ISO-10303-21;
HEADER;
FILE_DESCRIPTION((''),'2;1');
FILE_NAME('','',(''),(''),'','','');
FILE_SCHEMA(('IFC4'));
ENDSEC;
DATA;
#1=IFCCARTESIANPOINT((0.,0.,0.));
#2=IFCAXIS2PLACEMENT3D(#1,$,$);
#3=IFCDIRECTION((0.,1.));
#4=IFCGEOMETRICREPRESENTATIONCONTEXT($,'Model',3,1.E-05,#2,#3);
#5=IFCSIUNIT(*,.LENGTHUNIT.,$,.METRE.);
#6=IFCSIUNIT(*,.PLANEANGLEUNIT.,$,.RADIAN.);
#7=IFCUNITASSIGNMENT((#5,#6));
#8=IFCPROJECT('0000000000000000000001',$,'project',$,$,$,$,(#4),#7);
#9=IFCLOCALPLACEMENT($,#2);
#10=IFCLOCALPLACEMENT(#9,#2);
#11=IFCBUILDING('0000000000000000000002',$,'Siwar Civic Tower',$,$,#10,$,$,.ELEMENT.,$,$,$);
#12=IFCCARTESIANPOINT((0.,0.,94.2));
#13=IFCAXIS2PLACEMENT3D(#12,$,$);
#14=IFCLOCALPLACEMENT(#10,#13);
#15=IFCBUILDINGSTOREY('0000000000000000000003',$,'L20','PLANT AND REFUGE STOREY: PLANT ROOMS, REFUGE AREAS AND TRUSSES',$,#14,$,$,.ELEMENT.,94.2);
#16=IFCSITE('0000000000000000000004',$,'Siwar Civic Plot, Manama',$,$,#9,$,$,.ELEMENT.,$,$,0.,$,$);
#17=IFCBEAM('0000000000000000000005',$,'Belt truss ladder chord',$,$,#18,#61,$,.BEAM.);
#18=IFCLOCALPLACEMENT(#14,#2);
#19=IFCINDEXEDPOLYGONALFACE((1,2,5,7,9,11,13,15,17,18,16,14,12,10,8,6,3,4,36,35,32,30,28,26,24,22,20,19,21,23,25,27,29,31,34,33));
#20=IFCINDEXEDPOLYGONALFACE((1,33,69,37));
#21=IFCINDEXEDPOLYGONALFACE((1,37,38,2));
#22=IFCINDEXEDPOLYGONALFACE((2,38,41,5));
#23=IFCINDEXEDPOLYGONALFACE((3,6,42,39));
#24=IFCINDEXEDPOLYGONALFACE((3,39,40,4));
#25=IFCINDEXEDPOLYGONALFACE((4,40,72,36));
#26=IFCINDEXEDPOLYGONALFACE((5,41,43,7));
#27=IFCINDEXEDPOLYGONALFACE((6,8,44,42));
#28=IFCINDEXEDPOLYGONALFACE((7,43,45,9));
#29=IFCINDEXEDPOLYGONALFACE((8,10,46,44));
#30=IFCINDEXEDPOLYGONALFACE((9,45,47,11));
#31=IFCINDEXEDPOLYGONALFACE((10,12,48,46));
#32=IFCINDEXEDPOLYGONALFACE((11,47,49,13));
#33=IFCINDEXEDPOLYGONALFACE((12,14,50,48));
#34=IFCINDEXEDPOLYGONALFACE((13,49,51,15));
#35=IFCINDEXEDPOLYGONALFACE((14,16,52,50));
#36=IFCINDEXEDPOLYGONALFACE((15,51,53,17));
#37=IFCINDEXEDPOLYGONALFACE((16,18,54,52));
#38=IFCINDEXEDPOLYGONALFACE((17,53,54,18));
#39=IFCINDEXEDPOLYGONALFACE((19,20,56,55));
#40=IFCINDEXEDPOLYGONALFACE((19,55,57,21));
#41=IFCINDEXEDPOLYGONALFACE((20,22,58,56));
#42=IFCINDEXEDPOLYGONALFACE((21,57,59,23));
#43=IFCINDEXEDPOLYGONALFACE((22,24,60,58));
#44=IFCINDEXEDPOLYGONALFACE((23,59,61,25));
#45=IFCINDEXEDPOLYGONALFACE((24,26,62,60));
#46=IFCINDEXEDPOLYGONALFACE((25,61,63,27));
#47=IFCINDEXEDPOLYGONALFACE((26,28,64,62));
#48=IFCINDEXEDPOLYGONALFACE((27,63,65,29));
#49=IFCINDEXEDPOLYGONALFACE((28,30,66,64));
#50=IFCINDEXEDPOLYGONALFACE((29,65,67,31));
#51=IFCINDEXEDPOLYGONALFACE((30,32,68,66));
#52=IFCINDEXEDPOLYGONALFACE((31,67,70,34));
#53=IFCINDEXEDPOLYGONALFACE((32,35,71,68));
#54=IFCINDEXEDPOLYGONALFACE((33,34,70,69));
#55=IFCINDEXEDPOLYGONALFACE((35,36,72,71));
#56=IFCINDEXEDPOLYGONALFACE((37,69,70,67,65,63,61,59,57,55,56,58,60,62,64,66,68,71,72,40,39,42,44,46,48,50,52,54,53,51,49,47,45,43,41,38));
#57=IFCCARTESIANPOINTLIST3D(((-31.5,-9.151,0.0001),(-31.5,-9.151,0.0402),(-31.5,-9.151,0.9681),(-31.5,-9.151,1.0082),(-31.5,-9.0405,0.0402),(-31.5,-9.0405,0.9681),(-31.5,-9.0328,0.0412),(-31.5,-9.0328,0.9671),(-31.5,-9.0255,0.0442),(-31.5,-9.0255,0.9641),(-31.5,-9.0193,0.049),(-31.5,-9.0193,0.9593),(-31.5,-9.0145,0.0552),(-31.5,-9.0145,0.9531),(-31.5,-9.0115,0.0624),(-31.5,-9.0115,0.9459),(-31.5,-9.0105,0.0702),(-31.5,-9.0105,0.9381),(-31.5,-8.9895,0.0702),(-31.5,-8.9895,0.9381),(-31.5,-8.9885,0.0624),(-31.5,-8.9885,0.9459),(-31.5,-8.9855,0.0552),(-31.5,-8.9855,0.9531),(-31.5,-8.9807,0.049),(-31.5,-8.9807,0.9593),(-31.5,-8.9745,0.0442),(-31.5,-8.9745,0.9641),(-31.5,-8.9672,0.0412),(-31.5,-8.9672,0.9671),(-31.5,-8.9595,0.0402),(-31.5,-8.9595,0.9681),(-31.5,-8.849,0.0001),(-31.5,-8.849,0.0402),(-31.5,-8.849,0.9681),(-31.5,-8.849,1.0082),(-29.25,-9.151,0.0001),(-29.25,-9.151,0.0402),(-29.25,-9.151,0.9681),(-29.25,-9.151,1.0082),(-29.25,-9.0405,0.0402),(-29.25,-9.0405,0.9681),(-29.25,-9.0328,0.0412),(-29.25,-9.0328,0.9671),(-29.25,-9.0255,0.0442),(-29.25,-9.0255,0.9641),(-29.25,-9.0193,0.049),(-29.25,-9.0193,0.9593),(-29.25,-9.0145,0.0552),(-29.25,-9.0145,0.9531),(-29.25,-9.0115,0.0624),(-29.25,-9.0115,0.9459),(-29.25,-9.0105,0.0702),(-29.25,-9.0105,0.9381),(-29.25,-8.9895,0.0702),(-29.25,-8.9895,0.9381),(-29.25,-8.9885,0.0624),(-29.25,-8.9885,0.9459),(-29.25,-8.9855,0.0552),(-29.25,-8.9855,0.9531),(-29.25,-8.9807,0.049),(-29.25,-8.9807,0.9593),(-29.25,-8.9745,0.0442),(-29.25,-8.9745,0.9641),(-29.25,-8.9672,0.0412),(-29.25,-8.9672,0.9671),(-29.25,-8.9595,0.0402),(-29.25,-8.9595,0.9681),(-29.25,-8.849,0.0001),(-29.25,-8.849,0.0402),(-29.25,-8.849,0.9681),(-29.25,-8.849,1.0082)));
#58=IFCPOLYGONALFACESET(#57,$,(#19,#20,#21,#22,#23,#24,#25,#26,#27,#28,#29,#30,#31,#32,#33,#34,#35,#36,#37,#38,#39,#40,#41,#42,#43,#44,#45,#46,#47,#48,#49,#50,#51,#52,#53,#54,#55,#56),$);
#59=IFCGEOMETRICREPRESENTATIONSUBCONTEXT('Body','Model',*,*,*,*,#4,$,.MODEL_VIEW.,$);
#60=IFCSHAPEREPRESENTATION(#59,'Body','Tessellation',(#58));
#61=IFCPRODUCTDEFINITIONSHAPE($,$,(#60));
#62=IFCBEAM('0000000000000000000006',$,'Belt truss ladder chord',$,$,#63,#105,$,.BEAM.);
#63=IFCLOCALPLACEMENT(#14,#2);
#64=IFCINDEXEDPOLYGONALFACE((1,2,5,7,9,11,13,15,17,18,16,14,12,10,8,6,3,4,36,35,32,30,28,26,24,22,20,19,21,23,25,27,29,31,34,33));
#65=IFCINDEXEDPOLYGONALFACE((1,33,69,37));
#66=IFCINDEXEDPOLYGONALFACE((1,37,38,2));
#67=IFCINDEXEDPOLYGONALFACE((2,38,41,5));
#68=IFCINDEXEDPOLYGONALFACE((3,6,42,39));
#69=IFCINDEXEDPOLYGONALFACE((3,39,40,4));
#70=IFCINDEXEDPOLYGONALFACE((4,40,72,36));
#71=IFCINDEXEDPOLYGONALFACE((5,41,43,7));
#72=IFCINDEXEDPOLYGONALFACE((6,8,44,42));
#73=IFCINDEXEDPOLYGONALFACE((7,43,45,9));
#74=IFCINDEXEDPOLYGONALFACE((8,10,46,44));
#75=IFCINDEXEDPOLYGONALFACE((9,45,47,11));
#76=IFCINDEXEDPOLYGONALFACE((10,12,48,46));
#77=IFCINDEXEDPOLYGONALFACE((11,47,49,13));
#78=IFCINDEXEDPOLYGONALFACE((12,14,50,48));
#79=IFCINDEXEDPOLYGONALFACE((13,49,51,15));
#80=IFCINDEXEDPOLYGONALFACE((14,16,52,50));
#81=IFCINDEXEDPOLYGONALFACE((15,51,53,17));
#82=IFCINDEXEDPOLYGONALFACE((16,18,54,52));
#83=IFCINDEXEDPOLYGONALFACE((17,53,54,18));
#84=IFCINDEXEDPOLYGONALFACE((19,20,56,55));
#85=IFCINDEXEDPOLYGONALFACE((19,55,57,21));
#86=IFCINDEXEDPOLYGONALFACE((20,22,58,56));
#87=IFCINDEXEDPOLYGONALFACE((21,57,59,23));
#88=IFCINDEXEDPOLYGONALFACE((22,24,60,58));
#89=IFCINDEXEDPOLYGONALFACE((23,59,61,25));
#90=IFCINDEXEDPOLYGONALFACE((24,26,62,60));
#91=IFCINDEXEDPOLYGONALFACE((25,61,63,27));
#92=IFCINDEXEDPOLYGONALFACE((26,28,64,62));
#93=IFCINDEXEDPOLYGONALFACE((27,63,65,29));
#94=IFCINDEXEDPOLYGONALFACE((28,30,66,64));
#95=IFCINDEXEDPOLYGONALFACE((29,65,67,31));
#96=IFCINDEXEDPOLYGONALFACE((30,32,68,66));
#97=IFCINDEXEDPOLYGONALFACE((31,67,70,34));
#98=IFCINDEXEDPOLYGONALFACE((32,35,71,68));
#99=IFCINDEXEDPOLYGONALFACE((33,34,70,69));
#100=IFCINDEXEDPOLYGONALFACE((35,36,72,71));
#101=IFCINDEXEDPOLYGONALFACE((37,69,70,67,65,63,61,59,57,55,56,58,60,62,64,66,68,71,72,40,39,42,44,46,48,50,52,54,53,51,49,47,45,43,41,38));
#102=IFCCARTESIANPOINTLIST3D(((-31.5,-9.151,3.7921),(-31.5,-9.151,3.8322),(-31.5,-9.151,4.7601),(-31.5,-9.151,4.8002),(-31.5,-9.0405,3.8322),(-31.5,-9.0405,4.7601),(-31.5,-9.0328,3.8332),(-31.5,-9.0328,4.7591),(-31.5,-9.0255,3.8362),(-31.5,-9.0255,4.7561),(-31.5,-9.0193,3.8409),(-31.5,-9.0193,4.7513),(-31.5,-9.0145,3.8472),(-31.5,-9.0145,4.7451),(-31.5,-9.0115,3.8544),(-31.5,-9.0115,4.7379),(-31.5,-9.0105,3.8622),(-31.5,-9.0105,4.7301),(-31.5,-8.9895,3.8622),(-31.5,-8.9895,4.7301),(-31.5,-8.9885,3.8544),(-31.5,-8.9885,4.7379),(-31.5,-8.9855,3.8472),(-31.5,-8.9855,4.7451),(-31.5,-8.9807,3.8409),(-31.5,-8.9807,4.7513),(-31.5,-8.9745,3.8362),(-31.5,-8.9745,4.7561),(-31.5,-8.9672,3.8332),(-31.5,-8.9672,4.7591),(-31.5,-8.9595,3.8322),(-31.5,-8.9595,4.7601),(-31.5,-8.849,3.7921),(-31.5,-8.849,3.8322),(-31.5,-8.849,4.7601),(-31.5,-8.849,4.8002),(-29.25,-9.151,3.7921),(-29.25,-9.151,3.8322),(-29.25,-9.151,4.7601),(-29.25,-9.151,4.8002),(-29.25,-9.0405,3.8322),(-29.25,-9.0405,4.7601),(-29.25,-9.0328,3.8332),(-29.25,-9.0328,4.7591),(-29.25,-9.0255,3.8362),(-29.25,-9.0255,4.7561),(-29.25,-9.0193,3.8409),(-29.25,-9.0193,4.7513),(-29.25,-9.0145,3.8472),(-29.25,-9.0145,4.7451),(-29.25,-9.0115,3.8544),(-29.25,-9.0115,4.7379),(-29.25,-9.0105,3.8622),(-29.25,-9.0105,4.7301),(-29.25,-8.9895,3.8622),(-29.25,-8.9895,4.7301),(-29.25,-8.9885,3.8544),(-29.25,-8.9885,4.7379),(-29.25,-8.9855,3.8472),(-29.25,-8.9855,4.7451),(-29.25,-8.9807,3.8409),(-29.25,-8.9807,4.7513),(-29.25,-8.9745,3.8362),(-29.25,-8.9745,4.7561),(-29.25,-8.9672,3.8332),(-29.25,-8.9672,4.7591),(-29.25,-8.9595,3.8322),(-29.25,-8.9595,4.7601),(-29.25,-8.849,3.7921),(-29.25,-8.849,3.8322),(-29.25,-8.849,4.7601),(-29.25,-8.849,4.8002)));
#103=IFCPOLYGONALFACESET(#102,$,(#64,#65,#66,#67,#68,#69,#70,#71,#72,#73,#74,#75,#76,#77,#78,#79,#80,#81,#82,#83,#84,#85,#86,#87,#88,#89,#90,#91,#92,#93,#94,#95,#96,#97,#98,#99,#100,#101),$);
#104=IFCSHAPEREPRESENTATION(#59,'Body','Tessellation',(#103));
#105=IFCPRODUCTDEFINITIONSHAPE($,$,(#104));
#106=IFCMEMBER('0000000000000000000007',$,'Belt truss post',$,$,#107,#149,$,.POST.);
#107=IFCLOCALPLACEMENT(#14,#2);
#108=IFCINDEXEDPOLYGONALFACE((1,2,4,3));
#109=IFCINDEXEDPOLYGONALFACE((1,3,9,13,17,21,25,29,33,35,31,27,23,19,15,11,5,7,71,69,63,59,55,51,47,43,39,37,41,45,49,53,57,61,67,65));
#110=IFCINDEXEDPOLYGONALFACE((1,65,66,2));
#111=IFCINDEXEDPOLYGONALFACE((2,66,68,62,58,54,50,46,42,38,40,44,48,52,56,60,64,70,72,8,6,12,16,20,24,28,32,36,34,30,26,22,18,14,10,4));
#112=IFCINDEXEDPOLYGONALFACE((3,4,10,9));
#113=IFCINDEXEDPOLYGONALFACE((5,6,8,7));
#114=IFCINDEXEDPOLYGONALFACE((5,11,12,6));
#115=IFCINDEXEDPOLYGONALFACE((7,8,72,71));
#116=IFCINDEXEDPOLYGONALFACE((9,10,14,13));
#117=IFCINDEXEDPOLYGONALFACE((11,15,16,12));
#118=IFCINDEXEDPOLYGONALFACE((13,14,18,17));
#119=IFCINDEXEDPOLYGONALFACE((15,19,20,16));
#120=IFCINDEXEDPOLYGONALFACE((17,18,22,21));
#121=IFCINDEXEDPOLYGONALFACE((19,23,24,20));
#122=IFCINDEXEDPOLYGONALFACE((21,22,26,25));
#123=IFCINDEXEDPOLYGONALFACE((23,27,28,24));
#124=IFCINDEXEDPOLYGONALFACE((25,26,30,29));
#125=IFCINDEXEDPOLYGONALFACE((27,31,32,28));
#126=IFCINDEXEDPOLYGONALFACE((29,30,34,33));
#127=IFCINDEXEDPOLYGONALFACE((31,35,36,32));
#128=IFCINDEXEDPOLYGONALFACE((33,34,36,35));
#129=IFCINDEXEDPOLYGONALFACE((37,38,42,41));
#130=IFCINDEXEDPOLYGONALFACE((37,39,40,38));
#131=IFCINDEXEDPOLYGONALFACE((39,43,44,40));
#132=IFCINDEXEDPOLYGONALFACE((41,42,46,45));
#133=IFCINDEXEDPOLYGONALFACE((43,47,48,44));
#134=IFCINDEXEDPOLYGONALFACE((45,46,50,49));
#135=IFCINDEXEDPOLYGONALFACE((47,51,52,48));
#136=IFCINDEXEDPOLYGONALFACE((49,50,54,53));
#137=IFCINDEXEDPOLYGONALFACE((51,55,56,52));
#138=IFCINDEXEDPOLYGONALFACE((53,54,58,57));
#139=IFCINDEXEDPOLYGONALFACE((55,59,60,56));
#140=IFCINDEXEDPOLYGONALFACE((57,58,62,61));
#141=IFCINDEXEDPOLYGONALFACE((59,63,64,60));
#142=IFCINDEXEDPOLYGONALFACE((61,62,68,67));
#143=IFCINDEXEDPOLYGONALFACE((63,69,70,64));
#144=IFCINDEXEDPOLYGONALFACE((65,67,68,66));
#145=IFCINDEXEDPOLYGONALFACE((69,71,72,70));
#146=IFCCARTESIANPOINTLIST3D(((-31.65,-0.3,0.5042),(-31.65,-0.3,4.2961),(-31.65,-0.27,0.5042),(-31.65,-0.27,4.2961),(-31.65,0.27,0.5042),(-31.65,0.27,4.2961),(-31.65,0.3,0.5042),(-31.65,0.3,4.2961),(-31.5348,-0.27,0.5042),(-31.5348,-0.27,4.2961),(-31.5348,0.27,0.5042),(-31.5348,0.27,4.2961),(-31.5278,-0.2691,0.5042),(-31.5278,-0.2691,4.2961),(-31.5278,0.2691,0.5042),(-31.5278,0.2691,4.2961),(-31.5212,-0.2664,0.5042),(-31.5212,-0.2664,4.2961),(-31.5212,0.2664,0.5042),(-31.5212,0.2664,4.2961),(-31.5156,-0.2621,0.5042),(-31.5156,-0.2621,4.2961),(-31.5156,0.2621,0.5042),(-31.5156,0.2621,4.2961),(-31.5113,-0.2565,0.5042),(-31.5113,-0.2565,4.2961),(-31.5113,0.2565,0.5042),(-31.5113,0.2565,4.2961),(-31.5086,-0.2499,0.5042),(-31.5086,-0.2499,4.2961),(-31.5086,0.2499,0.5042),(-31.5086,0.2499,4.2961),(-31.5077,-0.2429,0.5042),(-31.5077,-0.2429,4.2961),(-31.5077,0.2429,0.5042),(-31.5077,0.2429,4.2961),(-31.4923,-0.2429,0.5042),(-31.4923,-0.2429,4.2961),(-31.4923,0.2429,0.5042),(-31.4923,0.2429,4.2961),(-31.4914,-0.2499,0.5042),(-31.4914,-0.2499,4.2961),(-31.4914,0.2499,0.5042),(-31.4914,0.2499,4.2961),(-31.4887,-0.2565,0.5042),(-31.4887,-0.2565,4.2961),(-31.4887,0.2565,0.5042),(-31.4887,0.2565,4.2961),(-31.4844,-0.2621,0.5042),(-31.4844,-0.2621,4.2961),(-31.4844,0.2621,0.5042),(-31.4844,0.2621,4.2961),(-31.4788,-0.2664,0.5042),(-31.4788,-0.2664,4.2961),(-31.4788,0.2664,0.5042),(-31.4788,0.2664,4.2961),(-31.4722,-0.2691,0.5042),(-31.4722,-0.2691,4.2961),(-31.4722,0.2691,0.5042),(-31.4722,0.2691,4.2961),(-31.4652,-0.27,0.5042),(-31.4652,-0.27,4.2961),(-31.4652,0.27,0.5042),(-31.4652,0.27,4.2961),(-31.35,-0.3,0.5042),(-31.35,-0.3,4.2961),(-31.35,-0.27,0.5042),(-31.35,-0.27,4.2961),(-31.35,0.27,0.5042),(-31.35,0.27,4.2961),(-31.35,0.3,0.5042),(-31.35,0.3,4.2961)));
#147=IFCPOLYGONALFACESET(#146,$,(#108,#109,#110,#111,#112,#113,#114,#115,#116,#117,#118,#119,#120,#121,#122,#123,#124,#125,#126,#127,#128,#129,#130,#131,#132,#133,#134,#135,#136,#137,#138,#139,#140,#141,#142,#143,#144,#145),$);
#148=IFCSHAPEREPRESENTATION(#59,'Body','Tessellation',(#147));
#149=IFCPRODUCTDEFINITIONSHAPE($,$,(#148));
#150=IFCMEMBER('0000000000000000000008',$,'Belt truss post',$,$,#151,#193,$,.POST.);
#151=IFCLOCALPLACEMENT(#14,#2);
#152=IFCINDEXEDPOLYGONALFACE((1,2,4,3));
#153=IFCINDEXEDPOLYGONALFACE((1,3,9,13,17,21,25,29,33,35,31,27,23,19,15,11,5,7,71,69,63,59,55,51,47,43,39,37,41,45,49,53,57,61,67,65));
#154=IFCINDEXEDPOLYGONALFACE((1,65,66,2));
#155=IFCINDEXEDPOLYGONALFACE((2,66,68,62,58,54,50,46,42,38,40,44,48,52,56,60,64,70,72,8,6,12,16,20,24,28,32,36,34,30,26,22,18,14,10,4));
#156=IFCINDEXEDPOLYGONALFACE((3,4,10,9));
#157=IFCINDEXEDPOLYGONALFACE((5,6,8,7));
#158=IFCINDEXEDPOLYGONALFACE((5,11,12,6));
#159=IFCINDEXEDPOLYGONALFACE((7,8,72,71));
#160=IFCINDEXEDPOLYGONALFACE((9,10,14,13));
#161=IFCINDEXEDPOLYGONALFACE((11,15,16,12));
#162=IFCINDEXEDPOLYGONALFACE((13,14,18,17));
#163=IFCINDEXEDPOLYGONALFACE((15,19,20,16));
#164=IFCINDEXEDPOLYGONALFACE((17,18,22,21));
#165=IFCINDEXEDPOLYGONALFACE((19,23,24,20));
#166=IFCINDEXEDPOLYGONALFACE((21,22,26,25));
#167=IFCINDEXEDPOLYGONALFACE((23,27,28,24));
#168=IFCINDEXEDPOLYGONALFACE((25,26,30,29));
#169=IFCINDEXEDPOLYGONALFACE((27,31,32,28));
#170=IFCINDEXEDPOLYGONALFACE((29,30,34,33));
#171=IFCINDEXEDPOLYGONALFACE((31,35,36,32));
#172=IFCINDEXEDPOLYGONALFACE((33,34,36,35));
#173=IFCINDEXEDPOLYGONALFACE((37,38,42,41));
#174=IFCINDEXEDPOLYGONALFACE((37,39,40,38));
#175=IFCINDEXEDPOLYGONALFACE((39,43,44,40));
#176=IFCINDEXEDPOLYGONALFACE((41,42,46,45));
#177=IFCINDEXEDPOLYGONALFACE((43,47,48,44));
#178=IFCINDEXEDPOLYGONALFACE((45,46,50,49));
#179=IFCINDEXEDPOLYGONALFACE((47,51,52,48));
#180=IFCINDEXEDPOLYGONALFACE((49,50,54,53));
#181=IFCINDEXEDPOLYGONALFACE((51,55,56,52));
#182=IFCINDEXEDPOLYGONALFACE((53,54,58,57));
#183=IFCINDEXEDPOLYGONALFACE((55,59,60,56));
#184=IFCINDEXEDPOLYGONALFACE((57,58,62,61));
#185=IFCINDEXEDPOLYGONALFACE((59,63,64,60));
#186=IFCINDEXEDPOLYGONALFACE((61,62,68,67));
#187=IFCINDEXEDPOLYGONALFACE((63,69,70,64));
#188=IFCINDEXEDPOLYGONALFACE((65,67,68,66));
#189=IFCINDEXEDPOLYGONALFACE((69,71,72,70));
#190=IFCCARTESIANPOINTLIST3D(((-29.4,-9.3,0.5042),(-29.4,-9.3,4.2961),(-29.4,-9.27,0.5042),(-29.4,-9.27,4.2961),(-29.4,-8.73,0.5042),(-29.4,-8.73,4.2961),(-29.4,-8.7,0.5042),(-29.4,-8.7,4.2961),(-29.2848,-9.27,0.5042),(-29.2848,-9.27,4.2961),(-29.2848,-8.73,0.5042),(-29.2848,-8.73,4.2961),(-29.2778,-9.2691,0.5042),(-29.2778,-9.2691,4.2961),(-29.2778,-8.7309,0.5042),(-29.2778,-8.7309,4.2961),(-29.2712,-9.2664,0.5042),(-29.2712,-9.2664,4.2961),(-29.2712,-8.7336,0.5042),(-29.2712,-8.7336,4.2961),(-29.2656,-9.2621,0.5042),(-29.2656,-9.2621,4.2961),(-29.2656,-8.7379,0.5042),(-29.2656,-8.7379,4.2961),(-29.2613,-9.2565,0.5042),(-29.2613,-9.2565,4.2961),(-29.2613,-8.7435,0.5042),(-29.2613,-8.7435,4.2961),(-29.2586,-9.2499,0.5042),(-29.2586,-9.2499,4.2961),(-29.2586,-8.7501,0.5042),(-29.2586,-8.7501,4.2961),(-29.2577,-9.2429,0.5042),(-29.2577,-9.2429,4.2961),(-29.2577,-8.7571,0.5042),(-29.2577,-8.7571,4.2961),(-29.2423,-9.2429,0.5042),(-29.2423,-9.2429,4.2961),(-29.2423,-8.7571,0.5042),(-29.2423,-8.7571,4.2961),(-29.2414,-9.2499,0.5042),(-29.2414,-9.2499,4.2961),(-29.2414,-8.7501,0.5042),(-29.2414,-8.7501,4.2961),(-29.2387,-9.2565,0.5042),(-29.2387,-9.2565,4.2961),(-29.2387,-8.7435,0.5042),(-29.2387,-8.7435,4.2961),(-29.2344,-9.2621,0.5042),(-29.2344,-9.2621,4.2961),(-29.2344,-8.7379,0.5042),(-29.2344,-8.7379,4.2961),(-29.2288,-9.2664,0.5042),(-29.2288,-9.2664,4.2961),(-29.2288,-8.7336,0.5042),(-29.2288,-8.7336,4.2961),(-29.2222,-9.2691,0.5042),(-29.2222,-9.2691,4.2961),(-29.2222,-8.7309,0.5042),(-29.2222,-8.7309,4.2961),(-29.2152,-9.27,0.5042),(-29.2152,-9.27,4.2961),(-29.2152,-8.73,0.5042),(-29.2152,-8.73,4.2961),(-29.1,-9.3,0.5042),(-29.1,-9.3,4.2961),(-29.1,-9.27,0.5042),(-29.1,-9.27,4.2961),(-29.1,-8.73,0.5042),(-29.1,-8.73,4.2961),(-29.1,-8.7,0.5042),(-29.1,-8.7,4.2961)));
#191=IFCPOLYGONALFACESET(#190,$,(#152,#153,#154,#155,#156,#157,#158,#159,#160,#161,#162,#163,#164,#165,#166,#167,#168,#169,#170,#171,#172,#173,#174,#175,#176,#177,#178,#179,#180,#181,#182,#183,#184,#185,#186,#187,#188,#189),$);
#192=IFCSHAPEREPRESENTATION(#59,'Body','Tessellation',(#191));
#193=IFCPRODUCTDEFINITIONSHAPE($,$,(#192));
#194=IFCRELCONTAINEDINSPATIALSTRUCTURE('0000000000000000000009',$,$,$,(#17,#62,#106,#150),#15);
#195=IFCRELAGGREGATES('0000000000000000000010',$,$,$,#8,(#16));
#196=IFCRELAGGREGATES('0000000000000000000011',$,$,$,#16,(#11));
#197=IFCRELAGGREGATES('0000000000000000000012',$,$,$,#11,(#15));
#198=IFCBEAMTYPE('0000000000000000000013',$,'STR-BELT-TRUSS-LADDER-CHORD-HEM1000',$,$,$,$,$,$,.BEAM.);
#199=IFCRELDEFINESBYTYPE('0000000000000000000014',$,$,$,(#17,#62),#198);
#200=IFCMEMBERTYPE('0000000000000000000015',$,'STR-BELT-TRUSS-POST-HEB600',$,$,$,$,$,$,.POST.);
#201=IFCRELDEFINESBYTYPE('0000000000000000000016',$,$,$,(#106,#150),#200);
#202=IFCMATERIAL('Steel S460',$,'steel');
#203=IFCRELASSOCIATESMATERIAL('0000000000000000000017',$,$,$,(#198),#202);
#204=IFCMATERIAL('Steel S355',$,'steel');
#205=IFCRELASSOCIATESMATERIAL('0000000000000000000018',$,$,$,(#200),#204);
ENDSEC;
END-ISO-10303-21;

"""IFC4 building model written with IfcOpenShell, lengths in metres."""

from ifc_helpers import new_model, si_unit, direction, frame, origin, origin_2d, place, context, subcontext, project, spatial, i_section, extrude, material, material_profile, profile_set, type_object, element, save


model = new_model("IFC4")

# Units and contexts
model_context = context("Model", 3, precision=1e-05, world=origin(), true_north=direction((0.0, 1.0)))
body_context = subcontext(model_context, "Body", "Model", "MODEL_VIEW")
ifc_project = project(units=[si_unit("LENGTHUNIT", "METRE"), si_unit("PLANEANGLEUNIT", "RADIAN")], contexts=[model_context])

# Site, building, storey
site_placement = place(None, origin())
site = spatial("IfcSite", under=ifc_project, at=site_placement, Name="Siwar Civic Plot, Manama", CompositionType="ELEMENT", RefElevation=0.0)
building_placement = place(site_placement, origin())
building = spatial("IfcBuilding", under=site, at=building_placement, Name="Siwar Civic Tower", CompositionType="ELEMENT")
storey_placement = place(building_placement, frame((0.0, 0.0, 94.2)))
storey = spatial("IfcBuildingStorey", under=building, at=storey_placement, Name="L20", Description="PLANT AND REFUGE STOREY: PLANT ROOMS, REFUGE AREAS AND TRUSSES", CompositionType="ELEMENT", Elevation=94.2)

# Beams
ifc_material_1 = material(Name="Steel S460", Category="steel")
ifc_material_profile_1 = material_profile(ifc_material_1, i_section(OverallWidth=0.302, OverallDepth=1.0081, WebThickness=0.021, FlangeThickness=0.04, FilletRadius=0.03, at=origin_2d()), Name="HEM1000")
ifc_profile_set_1 = profile_set([ifc_material_profile_1], Name="Steel S460")
beam_type_1 = type_object("IfcBeamType", Name="STR-BELT-TRUSS-LADDER-CHORD-HEM1000", PredefinedType="BEAM", material=ifc_profile_set_1)
for number, where, z_axis, x_axis, name in (
    (1, (-29.25, -9.0, 0.5042), (-1.0, 0.0, 0.0), (0.0, -1.0, 0.0), "Belt truss ladder chord"),
    (2, (-29.25, -9.0, 4.2961), (-1.0, 0.0, 0.0), (0.0, -1.0, 0.0), "Belt truss ladder chord"),
):
    element("IfcBeam", number, at=place(storey_placement, frame(where, z_axis=z_axis, x_axis=x_axis)), inside=storey, type_object=beam_type_1, Name=name, PredefinedType="BEAM", context=body_context, shape_type="SweptSolid", body=[
        extrude(i_section(OverallWidth=0.302, OverallDepth=1.0081, WebThickness=0.021, FlangeThickness=0.04, FilletRadius=0.03, at=origin_2d()), origin(), (0.0, 0.0, 1.0), 2.25),
    ])

# Members
ifc_material_2 = material(Name="Steel S355", Category="steel")
ifc_material_profile_2 = material_profile(ifc_material_2, i_section(OverallWidth=0.3, OverallDepth=0.6001, WebThickness=0.0154, FlangeThickness=0.03, FilletRadius=0.0271, at=origin_2d()), Name="HEB600")
ifc_profile_set_2 = profile_set([ifc_material_profile_2], Name="Steel S355")
member_type_1 = type_object("IfcMemberType", Name="STR-BELT-TRUSS-POST-HEB600", PredefinedType="POST", material=ifc_profile_set_2)
for number, where, z_axis, x_axis, name in (
    (3, (-31.5, 0.0, 0.5042), (0.0, 0.0, 1.0), (1.0, 0.0, 0.0), "Belt truss post"),
    (4, (-29.25, -9.0, 0.5042), (0.0, 0.0, 1.0), (1.0, 0.0, 0.0), "Belt truss post"),
):
    element("IfcMember", number, at=place(storey_placement, frame(where, z_axis=z_axis, x_axis=x_axis)), inside=storey, type_object=member_type_1, Name=name, PredefinedType="POST", context=body_context, shape_type="SweptSolid", body=[
        extrude(i_section(OverallWidth=0.3, OverallDepth=0.6001, WebThickness=0.0154, FlangeThickness=0.03, FilletRadius=0.0271, at=origin_2d()), origin(), (0.0, 0.0, 1.0), 3.792),
    ])

save(model, "model.ifc")
